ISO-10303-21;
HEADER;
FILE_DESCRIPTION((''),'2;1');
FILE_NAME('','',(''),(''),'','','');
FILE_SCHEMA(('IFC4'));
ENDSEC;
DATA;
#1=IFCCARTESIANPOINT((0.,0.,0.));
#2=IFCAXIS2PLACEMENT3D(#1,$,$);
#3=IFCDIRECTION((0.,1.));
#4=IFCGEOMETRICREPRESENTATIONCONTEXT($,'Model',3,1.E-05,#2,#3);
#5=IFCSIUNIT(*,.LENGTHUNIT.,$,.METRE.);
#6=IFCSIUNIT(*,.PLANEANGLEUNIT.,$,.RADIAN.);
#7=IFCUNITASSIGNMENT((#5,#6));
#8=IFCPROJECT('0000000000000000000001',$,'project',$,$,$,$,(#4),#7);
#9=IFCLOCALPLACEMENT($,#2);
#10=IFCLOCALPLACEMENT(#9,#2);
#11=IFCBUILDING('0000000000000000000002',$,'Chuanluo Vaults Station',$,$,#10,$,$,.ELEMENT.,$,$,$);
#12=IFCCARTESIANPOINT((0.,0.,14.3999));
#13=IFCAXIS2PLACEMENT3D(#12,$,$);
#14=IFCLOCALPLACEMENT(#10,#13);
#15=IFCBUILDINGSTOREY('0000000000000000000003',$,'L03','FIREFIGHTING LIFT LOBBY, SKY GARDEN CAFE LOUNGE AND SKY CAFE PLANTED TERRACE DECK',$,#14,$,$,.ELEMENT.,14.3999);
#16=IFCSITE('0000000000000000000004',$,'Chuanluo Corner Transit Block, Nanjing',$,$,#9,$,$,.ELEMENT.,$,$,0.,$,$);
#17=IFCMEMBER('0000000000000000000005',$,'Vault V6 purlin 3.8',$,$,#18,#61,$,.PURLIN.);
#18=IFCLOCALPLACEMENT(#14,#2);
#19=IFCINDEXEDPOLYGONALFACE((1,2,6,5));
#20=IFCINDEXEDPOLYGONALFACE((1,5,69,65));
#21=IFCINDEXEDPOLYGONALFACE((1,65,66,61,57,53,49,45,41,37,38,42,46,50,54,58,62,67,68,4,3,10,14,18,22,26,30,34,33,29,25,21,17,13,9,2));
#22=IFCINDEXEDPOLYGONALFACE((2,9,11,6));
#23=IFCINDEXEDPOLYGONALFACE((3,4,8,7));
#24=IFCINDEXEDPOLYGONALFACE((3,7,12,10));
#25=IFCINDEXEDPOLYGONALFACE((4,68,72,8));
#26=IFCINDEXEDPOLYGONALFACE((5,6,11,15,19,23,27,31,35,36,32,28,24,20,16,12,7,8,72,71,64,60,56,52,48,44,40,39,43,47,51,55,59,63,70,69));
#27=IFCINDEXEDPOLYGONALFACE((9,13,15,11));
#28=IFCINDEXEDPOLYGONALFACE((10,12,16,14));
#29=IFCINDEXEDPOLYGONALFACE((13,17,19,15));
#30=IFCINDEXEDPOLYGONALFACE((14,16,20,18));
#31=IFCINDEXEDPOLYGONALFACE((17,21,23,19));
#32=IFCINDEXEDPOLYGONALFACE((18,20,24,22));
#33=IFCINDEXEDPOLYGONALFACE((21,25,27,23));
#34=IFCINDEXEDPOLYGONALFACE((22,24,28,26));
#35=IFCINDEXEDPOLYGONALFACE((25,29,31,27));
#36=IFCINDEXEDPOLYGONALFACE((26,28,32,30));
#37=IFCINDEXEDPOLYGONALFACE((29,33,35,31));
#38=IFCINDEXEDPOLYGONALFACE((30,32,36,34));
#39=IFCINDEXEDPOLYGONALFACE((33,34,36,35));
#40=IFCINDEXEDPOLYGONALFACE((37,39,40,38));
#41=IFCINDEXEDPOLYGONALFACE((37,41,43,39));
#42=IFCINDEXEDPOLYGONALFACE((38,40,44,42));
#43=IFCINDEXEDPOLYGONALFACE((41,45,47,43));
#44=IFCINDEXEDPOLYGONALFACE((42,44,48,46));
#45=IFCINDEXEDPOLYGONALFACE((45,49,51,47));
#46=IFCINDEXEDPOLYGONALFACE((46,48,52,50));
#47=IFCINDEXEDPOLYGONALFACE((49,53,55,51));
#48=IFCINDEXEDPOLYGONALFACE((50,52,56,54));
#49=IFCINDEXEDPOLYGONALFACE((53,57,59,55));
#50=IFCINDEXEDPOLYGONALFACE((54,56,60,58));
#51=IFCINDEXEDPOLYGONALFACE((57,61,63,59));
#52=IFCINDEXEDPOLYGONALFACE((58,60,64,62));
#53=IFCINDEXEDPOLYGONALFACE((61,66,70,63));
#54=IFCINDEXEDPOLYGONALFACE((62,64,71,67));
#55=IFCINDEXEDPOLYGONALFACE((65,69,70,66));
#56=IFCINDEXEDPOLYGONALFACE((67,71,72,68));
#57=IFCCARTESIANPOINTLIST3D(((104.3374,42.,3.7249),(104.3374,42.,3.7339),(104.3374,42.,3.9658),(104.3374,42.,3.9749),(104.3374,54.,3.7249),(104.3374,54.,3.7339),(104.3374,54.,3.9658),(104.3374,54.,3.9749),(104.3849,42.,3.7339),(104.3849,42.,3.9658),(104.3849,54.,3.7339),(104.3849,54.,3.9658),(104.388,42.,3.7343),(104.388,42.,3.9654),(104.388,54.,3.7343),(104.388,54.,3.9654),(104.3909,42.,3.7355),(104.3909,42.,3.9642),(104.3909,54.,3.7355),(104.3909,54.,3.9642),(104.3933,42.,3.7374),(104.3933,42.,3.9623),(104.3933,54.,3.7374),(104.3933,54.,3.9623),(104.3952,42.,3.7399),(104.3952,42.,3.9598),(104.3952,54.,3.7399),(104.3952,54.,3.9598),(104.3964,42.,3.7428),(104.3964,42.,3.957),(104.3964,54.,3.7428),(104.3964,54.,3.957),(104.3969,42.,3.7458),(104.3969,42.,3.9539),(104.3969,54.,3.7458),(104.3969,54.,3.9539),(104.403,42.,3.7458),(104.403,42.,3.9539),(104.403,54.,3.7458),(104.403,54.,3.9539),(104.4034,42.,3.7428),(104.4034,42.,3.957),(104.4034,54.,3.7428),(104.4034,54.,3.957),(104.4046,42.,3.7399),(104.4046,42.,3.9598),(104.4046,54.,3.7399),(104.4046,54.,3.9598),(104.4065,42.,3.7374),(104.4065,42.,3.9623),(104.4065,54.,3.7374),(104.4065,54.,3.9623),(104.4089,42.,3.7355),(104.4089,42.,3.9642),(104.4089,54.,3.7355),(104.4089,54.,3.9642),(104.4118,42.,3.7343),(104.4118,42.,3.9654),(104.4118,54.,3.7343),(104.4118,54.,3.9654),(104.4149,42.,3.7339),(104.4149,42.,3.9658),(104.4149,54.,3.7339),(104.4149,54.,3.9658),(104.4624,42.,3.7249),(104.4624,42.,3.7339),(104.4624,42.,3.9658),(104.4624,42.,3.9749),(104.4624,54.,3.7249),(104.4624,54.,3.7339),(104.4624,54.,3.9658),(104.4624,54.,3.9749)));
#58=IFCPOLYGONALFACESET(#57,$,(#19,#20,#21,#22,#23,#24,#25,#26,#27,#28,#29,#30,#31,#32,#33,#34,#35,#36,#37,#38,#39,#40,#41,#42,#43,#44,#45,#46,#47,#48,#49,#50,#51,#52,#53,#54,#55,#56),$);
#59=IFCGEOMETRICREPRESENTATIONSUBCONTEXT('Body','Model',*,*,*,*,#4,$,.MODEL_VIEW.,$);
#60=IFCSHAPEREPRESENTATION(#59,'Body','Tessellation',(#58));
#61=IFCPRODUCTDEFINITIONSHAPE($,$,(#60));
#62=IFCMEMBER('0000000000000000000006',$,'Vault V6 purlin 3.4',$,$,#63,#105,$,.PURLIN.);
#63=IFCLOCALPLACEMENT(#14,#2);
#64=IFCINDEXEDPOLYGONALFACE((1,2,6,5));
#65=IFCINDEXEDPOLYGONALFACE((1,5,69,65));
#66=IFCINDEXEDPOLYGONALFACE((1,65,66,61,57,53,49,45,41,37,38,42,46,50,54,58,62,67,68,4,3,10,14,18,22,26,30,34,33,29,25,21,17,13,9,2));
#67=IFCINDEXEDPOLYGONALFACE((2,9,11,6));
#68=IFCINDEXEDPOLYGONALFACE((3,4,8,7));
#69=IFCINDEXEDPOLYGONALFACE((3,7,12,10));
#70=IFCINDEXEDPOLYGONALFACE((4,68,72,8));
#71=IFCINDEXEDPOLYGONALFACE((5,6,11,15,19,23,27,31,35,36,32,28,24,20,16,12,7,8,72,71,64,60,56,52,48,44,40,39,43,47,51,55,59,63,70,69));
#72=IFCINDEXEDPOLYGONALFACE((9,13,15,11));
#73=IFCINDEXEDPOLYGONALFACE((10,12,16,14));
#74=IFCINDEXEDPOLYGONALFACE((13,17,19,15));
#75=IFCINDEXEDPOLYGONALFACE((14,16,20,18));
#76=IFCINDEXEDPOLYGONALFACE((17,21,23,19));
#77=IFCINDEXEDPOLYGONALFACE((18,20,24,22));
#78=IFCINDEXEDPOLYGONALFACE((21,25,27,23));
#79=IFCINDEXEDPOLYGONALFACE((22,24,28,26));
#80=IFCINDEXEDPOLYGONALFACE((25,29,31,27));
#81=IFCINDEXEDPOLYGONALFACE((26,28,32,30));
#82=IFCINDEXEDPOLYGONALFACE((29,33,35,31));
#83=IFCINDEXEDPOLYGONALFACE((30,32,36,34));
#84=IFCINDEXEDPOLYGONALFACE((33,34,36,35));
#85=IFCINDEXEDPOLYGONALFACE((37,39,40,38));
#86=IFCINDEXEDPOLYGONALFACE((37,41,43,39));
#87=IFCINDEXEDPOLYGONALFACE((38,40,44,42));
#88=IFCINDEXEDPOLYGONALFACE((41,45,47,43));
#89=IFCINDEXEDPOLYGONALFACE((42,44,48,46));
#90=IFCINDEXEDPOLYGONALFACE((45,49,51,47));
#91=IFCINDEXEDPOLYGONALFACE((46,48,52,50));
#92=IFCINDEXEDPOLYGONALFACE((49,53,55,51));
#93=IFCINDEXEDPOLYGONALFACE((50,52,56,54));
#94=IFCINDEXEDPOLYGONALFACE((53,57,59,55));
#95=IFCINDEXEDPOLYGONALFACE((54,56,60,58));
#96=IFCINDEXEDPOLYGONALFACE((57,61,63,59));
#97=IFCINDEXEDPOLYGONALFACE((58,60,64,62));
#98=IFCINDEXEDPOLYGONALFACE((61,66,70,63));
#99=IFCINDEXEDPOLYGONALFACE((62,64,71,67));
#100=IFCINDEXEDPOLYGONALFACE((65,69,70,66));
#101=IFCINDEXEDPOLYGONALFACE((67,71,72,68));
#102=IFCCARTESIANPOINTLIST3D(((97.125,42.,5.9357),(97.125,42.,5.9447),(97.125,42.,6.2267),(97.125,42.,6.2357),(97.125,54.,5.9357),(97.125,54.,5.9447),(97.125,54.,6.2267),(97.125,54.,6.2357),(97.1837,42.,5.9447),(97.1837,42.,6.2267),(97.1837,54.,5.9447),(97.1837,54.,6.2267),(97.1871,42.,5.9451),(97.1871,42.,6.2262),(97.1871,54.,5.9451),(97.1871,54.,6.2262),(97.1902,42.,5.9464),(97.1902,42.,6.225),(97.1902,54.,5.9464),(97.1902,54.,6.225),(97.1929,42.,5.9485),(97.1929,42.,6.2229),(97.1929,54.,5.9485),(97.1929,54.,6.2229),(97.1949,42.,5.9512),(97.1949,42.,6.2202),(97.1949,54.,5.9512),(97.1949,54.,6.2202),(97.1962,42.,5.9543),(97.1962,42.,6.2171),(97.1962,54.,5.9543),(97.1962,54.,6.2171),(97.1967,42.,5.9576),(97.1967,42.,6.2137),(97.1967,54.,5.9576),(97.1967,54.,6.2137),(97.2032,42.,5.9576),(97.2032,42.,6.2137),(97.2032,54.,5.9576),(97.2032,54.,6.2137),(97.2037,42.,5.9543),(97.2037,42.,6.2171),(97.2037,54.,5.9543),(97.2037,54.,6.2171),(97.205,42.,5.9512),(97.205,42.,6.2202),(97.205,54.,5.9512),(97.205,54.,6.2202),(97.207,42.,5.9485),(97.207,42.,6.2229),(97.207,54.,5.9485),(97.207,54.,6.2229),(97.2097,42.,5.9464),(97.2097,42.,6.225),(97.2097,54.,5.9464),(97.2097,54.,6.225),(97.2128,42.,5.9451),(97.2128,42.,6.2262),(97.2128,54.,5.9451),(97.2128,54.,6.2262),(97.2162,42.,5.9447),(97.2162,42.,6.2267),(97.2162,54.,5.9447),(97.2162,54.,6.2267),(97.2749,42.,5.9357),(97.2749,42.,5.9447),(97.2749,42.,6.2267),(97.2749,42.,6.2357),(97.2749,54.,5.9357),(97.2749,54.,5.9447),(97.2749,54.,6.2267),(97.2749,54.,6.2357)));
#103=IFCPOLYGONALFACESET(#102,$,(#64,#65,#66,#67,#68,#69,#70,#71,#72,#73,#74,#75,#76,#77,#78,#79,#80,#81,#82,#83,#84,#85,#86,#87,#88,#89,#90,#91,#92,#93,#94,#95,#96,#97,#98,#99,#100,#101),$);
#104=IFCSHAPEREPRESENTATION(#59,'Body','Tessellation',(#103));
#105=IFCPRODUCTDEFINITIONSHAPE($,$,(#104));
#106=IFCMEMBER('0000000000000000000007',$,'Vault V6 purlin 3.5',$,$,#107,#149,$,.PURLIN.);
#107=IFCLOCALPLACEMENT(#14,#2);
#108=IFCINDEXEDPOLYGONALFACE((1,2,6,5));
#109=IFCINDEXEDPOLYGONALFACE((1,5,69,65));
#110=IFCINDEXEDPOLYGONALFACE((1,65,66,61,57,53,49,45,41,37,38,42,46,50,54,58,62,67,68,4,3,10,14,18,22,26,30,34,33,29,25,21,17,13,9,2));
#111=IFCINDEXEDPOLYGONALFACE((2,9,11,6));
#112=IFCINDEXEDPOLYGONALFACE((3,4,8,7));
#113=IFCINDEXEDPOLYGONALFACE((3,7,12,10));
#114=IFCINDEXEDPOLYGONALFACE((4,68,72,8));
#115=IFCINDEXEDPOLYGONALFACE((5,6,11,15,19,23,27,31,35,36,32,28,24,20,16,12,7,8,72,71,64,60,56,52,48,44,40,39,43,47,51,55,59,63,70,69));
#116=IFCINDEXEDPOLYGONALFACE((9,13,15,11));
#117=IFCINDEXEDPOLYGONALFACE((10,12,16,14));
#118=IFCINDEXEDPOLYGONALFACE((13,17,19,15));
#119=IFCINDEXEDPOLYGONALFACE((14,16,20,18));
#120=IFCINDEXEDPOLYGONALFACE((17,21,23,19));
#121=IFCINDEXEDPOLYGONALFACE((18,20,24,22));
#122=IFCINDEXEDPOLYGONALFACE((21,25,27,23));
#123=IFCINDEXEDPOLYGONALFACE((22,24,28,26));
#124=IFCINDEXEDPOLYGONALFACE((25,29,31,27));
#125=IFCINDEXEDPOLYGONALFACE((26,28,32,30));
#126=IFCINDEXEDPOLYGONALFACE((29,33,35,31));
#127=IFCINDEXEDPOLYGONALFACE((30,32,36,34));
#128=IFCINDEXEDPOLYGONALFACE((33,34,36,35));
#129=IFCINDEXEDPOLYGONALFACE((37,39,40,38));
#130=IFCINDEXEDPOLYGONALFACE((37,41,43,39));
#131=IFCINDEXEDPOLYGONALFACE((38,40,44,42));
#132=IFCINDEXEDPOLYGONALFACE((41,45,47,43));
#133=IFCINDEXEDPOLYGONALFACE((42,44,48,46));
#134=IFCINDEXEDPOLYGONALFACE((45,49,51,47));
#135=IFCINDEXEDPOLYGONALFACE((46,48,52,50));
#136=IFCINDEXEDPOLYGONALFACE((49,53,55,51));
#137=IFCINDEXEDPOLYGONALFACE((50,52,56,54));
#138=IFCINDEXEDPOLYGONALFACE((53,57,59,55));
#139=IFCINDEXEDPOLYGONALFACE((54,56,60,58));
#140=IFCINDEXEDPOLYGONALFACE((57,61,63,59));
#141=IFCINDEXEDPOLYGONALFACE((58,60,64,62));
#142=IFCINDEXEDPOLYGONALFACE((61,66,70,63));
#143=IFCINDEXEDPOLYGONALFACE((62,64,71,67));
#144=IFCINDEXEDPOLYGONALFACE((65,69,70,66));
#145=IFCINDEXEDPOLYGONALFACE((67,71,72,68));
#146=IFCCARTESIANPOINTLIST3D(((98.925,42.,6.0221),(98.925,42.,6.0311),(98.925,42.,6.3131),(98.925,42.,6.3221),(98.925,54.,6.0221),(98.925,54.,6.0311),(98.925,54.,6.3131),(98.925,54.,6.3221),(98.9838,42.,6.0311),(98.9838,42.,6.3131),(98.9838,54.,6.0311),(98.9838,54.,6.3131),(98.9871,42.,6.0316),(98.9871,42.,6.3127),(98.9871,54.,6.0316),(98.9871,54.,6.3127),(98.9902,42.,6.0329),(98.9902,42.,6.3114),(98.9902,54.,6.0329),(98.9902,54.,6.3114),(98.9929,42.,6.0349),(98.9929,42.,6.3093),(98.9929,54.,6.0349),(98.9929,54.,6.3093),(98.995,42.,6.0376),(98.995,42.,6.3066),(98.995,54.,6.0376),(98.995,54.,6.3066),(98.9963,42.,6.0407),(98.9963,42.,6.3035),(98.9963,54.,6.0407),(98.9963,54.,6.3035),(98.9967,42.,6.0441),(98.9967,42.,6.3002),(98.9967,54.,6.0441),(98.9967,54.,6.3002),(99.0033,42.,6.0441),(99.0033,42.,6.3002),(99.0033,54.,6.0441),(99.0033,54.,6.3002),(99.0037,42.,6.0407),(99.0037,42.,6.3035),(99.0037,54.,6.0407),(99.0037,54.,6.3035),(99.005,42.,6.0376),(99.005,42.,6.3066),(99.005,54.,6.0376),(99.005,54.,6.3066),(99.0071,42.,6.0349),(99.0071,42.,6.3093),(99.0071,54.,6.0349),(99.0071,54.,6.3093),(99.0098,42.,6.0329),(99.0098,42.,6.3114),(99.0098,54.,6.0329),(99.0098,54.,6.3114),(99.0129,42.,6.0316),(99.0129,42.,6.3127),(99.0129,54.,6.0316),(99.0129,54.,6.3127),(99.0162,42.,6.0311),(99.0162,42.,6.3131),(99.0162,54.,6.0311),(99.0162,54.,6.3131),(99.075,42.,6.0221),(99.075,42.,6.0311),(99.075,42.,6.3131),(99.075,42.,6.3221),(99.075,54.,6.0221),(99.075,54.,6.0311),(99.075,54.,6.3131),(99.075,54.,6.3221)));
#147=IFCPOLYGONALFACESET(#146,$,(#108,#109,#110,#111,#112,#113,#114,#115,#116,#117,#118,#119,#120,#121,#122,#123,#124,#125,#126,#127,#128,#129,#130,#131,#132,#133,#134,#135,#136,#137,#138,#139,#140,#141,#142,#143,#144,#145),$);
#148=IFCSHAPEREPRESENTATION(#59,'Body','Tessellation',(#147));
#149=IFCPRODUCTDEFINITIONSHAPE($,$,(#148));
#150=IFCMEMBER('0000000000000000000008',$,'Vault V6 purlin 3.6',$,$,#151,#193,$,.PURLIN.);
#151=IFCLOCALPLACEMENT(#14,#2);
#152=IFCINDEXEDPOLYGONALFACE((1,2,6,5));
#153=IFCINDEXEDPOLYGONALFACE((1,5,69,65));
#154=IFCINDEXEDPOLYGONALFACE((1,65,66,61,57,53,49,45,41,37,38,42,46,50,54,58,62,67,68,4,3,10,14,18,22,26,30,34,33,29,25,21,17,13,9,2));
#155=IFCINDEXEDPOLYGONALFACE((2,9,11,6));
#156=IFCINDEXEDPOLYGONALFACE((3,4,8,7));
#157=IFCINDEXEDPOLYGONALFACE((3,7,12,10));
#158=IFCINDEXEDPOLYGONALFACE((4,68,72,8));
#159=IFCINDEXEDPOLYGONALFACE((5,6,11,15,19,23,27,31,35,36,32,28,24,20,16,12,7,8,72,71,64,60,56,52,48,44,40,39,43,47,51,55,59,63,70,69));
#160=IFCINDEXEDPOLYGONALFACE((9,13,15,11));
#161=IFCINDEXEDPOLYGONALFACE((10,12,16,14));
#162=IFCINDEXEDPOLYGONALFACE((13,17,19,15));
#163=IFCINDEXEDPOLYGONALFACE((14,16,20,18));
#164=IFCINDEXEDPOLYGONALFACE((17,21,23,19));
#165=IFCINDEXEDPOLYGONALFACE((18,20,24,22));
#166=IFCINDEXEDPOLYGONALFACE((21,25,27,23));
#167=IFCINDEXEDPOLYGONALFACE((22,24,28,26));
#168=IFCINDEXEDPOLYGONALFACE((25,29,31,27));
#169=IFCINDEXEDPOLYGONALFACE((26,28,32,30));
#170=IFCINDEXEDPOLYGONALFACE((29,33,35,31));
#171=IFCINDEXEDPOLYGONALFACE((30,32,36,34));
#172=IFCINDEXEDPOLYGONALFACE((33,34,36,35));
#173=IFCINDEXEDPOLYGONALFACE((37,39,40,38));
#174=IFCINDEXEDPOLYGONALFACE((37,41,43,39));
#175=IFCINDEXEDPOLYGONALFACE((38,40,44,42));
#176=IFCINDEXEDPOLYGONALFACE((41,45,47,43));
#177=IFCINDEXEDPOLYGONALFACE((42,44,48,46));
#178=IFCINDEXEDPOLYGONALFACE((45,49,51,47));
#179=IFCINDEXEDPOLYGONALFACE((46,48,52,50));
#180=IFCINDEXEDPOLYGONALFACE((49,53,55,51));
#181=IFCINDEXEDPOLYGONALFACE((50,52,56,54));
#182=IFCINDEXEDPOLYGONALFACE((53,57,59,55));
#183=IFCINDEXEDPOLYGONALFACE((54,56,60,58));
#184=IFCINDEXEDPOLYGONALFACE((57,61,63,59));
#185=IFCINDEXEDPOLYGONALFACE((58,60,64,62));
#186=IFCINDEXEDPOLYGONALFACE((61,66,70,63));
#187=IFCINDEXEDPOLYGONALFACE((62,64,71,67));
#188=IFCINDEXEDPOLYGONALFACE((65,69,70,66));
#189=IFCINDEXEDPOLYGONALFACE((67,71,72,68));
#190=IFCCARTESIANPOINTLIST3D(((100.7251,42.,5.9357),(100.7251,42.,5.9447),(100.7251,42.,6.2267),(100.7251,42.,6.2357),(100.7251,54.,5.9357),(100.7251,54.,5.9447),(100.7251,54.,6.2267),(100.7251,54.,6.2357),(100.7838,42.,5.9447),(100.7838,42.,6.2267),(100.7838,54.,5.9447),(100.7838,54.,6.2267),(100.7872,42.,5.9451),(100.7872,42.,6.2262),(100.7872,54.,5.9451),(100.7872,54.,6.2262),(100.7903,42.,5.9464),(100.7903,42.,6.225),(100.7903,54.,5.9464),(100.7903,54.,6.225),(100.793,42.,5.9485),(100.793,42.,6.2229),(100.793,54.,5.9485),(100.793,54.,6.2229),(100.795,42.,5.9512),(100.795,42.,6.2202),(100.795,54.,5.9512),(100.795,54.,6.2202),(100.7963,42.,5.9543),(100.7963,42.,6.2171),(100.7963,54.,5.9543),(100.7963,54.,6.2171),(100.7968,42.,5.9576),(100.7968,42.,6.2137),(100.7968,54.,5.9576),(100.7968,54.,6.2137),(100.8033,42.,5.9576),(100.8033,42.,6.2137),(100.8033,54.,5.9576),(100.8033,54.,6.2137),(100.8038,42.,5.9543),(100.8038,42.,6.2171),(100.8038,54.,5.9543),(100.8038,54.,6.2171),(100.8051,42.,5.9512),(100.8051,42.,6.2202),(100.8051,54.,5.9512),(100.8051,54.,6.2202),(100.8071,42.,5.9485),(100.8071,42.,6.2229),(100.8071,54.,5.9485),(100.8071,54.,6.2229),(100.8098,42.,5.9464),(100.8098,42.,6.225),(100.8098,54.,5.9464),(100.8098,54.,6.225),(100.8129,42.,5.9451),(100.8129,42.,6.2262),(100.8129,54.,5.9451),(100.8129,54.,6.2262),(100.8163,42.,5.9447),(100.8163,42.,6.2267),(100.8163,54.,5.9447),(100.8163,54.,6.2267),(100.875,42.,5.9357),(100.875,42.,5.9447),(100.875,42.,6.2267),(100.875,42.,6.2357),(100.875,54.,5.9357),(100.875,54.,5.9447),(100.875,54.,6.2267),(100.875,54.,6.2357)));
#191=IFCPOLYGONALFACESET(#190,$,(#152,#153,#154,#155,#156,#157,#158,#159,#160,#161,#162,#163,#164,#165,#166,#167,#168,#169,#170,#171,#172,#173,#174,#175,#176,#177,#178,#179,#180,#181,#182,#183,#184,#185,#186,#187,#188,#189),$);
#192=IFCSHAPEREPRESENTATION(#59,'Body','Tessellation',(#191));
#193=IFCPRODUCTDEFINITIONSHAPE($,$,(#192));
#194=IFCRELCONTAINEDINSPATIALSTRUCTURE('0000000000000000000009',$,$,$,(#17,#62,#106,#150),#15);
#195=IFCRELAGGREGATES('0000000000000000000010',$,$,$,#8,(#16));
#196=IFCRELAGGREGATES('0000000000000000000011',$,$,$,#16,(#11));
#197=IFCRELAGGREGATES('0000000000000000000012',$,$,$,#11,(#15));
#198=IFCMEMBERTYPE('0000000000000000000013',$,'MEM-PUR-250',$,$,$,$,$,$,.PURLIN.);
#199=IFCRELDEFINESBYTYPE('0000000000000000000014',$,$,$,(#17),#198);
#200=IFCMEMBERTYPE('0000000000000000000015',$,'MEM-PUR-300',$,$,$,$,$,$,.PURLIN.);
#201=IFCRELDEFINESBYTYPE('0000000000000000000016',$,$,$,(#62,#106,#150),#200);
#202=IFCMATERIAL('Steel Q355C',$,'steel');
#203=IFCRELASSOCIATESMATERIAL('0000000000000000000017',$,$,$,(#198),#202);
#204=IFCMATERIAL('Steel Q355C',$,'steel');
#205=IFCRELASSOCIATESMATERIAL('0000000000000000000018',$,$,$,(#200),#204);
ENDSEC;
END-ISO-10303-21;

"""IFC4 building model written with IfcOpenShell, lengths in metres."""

from ifc_helpers import new_model, si_unit, direction, frame, origin, origin_2d, place, context, subcontext, project, spatial, i_section, extrude, material, material_profile, profile_set, type_object, element, save


model = new_model("IFC4")

# Units and contexts
model_context = context("Model", 3, precision=1e-05, world=origin(), true_north=direction((0.0, 1.0)))
body_context = subcontext(model_context, "Body", "Model", "MODEL_VIEW")
ifc_project = project(units=[si_unit("LENGTHUNIT", "METRE"), si_unit("PLANEANGLEUNIT", "RADIAN")], contexts=[model_context])

# Site, building, storey
site_placement = place(None, origin())
site = spatial("IfcSite", under=ifc_project, at=site_placement, Name="Chuanluo Corner Transit Block, Nanjing", CompositionType="ELEMENT", RefElevation=0.0)
building_placement = place(site_placement, origin())
building = spatial("IfcBuilding", under=site, at=building_placement, Name="Chuanluo Vaults Station", CompositionType="ELEMENT")
storey_placement = place(building_placement, frame((0.0, 0.0, 14.3999)))
storey = spatial("IfcBuildingStorey", under=building, at=storey_placement, Name="L03", Description="FIREFIGHTING LIFT LOBBY, SKY GARDEN CAFE LOUNGE AND SKY CAFE PLANTED TERRACE DECK", CompositionType="ELEMENT", Elevation=14.3999)

# Members
ifc_material_1 = material(Name="Steel Q355C", Category="steel")
ifc_material_profile_1 = material_profile(ifc_material_1, i_section(OverallWidth=0.125, OverallDepth=0.25, WebThickness=0.0061, FlangeThickness=0.009, FilletRadius=0.012, at=origin_2d()))
ifc_profile_set_1 = profile_set([ifc_material_profile_1], Name="Steel Q355C")
member_type_1 = type_object("IfcMemberType", Name="MEM-PUR-250", PredefinedType="PURLIN", material=ifc_profile_set_1)
for number, where, z_axis, x_axis, name in (
    (1, (104.3999, 42.0, 3.8499), (0.0, 1.0, 0.0), (-1.0, 0.0, 0.0), "Vault V6 purlin 3.8"),
):
    element("IfcMember", number, at=place(storey_placement, frame(where, z_axis=z_axis, x_axis=x_axis)), inside=storey, type_object=member_type_1, Name=name, PredefinedType="PURLIN", context=body_context, shape_type="SweptSolid", body=[
        extrude(i_section(OverallWidth=0.125, OverallDepth=0.25, WebThickness=0.0061, FlangeThickness=0.009, FilletRadius=0.012, at=origin_2d()), origin(), (0.0, 0.0, 1.0), 12.0),
    ])
ifc_material_2 = material(Name="Steel Q355C", Category="steel")
ifc_material_profile_2 = material_profile(ifc_material_2, i_section(OverallWidth=0.1499, OverallDepth=0.3, WebThickness=0.0066, FlangeThickness=0.009, FilletRadius=0.0129, at=origin_2d()))
ifc_profile_set_2 = profile_set([ifc_material_profile_2], Name="Steel Q355C")
member_type_2 = type_object("IfcMemberType", Name="MEM-PUR-300", PredefinedType="PURLIN", material=ifc_profile_set_2)
for number, where, z_axis, x_axis, name in (
    (2, (97.2, 42.0, 6.0857), (0.0, 1.0, 0.0), (-1.0, 0.0, 0.0), "Vault V6 purlin 3.4"),
    (3, (99.0, 42.0, 6.1721), (0.0, 1.0, 0.0), (-1.0, 0.0, 0.0), "Vault V6 purlin 3.5"),
    (4, (100.8, 42.0, 6.0857), (0.0, 1.0, 0.0), (-1.0, 0.0, 0.0), "Vault V6 purlin 3.6"),
):
    element("IfcMember", number, at=place(storey_placement, frame(where, z_axis=z_axis, x_axis=x_axis)), inside=storey, type_object=member_type_2, Name=name, PredefinedType="PURLIN", context=body_context, shape_type="SweptSolid", body=[
        extrude(i_section(OverallWidth=0.1499, OverallDepth=0.3, WebThickness=0.0066, FlangeThickness=0.009, FilletRadius=0.0129, at=origin_2d()), origin(), (0.0, 0.0, 1.0), 12.0),
    ])

save(model, "model.ifc")
